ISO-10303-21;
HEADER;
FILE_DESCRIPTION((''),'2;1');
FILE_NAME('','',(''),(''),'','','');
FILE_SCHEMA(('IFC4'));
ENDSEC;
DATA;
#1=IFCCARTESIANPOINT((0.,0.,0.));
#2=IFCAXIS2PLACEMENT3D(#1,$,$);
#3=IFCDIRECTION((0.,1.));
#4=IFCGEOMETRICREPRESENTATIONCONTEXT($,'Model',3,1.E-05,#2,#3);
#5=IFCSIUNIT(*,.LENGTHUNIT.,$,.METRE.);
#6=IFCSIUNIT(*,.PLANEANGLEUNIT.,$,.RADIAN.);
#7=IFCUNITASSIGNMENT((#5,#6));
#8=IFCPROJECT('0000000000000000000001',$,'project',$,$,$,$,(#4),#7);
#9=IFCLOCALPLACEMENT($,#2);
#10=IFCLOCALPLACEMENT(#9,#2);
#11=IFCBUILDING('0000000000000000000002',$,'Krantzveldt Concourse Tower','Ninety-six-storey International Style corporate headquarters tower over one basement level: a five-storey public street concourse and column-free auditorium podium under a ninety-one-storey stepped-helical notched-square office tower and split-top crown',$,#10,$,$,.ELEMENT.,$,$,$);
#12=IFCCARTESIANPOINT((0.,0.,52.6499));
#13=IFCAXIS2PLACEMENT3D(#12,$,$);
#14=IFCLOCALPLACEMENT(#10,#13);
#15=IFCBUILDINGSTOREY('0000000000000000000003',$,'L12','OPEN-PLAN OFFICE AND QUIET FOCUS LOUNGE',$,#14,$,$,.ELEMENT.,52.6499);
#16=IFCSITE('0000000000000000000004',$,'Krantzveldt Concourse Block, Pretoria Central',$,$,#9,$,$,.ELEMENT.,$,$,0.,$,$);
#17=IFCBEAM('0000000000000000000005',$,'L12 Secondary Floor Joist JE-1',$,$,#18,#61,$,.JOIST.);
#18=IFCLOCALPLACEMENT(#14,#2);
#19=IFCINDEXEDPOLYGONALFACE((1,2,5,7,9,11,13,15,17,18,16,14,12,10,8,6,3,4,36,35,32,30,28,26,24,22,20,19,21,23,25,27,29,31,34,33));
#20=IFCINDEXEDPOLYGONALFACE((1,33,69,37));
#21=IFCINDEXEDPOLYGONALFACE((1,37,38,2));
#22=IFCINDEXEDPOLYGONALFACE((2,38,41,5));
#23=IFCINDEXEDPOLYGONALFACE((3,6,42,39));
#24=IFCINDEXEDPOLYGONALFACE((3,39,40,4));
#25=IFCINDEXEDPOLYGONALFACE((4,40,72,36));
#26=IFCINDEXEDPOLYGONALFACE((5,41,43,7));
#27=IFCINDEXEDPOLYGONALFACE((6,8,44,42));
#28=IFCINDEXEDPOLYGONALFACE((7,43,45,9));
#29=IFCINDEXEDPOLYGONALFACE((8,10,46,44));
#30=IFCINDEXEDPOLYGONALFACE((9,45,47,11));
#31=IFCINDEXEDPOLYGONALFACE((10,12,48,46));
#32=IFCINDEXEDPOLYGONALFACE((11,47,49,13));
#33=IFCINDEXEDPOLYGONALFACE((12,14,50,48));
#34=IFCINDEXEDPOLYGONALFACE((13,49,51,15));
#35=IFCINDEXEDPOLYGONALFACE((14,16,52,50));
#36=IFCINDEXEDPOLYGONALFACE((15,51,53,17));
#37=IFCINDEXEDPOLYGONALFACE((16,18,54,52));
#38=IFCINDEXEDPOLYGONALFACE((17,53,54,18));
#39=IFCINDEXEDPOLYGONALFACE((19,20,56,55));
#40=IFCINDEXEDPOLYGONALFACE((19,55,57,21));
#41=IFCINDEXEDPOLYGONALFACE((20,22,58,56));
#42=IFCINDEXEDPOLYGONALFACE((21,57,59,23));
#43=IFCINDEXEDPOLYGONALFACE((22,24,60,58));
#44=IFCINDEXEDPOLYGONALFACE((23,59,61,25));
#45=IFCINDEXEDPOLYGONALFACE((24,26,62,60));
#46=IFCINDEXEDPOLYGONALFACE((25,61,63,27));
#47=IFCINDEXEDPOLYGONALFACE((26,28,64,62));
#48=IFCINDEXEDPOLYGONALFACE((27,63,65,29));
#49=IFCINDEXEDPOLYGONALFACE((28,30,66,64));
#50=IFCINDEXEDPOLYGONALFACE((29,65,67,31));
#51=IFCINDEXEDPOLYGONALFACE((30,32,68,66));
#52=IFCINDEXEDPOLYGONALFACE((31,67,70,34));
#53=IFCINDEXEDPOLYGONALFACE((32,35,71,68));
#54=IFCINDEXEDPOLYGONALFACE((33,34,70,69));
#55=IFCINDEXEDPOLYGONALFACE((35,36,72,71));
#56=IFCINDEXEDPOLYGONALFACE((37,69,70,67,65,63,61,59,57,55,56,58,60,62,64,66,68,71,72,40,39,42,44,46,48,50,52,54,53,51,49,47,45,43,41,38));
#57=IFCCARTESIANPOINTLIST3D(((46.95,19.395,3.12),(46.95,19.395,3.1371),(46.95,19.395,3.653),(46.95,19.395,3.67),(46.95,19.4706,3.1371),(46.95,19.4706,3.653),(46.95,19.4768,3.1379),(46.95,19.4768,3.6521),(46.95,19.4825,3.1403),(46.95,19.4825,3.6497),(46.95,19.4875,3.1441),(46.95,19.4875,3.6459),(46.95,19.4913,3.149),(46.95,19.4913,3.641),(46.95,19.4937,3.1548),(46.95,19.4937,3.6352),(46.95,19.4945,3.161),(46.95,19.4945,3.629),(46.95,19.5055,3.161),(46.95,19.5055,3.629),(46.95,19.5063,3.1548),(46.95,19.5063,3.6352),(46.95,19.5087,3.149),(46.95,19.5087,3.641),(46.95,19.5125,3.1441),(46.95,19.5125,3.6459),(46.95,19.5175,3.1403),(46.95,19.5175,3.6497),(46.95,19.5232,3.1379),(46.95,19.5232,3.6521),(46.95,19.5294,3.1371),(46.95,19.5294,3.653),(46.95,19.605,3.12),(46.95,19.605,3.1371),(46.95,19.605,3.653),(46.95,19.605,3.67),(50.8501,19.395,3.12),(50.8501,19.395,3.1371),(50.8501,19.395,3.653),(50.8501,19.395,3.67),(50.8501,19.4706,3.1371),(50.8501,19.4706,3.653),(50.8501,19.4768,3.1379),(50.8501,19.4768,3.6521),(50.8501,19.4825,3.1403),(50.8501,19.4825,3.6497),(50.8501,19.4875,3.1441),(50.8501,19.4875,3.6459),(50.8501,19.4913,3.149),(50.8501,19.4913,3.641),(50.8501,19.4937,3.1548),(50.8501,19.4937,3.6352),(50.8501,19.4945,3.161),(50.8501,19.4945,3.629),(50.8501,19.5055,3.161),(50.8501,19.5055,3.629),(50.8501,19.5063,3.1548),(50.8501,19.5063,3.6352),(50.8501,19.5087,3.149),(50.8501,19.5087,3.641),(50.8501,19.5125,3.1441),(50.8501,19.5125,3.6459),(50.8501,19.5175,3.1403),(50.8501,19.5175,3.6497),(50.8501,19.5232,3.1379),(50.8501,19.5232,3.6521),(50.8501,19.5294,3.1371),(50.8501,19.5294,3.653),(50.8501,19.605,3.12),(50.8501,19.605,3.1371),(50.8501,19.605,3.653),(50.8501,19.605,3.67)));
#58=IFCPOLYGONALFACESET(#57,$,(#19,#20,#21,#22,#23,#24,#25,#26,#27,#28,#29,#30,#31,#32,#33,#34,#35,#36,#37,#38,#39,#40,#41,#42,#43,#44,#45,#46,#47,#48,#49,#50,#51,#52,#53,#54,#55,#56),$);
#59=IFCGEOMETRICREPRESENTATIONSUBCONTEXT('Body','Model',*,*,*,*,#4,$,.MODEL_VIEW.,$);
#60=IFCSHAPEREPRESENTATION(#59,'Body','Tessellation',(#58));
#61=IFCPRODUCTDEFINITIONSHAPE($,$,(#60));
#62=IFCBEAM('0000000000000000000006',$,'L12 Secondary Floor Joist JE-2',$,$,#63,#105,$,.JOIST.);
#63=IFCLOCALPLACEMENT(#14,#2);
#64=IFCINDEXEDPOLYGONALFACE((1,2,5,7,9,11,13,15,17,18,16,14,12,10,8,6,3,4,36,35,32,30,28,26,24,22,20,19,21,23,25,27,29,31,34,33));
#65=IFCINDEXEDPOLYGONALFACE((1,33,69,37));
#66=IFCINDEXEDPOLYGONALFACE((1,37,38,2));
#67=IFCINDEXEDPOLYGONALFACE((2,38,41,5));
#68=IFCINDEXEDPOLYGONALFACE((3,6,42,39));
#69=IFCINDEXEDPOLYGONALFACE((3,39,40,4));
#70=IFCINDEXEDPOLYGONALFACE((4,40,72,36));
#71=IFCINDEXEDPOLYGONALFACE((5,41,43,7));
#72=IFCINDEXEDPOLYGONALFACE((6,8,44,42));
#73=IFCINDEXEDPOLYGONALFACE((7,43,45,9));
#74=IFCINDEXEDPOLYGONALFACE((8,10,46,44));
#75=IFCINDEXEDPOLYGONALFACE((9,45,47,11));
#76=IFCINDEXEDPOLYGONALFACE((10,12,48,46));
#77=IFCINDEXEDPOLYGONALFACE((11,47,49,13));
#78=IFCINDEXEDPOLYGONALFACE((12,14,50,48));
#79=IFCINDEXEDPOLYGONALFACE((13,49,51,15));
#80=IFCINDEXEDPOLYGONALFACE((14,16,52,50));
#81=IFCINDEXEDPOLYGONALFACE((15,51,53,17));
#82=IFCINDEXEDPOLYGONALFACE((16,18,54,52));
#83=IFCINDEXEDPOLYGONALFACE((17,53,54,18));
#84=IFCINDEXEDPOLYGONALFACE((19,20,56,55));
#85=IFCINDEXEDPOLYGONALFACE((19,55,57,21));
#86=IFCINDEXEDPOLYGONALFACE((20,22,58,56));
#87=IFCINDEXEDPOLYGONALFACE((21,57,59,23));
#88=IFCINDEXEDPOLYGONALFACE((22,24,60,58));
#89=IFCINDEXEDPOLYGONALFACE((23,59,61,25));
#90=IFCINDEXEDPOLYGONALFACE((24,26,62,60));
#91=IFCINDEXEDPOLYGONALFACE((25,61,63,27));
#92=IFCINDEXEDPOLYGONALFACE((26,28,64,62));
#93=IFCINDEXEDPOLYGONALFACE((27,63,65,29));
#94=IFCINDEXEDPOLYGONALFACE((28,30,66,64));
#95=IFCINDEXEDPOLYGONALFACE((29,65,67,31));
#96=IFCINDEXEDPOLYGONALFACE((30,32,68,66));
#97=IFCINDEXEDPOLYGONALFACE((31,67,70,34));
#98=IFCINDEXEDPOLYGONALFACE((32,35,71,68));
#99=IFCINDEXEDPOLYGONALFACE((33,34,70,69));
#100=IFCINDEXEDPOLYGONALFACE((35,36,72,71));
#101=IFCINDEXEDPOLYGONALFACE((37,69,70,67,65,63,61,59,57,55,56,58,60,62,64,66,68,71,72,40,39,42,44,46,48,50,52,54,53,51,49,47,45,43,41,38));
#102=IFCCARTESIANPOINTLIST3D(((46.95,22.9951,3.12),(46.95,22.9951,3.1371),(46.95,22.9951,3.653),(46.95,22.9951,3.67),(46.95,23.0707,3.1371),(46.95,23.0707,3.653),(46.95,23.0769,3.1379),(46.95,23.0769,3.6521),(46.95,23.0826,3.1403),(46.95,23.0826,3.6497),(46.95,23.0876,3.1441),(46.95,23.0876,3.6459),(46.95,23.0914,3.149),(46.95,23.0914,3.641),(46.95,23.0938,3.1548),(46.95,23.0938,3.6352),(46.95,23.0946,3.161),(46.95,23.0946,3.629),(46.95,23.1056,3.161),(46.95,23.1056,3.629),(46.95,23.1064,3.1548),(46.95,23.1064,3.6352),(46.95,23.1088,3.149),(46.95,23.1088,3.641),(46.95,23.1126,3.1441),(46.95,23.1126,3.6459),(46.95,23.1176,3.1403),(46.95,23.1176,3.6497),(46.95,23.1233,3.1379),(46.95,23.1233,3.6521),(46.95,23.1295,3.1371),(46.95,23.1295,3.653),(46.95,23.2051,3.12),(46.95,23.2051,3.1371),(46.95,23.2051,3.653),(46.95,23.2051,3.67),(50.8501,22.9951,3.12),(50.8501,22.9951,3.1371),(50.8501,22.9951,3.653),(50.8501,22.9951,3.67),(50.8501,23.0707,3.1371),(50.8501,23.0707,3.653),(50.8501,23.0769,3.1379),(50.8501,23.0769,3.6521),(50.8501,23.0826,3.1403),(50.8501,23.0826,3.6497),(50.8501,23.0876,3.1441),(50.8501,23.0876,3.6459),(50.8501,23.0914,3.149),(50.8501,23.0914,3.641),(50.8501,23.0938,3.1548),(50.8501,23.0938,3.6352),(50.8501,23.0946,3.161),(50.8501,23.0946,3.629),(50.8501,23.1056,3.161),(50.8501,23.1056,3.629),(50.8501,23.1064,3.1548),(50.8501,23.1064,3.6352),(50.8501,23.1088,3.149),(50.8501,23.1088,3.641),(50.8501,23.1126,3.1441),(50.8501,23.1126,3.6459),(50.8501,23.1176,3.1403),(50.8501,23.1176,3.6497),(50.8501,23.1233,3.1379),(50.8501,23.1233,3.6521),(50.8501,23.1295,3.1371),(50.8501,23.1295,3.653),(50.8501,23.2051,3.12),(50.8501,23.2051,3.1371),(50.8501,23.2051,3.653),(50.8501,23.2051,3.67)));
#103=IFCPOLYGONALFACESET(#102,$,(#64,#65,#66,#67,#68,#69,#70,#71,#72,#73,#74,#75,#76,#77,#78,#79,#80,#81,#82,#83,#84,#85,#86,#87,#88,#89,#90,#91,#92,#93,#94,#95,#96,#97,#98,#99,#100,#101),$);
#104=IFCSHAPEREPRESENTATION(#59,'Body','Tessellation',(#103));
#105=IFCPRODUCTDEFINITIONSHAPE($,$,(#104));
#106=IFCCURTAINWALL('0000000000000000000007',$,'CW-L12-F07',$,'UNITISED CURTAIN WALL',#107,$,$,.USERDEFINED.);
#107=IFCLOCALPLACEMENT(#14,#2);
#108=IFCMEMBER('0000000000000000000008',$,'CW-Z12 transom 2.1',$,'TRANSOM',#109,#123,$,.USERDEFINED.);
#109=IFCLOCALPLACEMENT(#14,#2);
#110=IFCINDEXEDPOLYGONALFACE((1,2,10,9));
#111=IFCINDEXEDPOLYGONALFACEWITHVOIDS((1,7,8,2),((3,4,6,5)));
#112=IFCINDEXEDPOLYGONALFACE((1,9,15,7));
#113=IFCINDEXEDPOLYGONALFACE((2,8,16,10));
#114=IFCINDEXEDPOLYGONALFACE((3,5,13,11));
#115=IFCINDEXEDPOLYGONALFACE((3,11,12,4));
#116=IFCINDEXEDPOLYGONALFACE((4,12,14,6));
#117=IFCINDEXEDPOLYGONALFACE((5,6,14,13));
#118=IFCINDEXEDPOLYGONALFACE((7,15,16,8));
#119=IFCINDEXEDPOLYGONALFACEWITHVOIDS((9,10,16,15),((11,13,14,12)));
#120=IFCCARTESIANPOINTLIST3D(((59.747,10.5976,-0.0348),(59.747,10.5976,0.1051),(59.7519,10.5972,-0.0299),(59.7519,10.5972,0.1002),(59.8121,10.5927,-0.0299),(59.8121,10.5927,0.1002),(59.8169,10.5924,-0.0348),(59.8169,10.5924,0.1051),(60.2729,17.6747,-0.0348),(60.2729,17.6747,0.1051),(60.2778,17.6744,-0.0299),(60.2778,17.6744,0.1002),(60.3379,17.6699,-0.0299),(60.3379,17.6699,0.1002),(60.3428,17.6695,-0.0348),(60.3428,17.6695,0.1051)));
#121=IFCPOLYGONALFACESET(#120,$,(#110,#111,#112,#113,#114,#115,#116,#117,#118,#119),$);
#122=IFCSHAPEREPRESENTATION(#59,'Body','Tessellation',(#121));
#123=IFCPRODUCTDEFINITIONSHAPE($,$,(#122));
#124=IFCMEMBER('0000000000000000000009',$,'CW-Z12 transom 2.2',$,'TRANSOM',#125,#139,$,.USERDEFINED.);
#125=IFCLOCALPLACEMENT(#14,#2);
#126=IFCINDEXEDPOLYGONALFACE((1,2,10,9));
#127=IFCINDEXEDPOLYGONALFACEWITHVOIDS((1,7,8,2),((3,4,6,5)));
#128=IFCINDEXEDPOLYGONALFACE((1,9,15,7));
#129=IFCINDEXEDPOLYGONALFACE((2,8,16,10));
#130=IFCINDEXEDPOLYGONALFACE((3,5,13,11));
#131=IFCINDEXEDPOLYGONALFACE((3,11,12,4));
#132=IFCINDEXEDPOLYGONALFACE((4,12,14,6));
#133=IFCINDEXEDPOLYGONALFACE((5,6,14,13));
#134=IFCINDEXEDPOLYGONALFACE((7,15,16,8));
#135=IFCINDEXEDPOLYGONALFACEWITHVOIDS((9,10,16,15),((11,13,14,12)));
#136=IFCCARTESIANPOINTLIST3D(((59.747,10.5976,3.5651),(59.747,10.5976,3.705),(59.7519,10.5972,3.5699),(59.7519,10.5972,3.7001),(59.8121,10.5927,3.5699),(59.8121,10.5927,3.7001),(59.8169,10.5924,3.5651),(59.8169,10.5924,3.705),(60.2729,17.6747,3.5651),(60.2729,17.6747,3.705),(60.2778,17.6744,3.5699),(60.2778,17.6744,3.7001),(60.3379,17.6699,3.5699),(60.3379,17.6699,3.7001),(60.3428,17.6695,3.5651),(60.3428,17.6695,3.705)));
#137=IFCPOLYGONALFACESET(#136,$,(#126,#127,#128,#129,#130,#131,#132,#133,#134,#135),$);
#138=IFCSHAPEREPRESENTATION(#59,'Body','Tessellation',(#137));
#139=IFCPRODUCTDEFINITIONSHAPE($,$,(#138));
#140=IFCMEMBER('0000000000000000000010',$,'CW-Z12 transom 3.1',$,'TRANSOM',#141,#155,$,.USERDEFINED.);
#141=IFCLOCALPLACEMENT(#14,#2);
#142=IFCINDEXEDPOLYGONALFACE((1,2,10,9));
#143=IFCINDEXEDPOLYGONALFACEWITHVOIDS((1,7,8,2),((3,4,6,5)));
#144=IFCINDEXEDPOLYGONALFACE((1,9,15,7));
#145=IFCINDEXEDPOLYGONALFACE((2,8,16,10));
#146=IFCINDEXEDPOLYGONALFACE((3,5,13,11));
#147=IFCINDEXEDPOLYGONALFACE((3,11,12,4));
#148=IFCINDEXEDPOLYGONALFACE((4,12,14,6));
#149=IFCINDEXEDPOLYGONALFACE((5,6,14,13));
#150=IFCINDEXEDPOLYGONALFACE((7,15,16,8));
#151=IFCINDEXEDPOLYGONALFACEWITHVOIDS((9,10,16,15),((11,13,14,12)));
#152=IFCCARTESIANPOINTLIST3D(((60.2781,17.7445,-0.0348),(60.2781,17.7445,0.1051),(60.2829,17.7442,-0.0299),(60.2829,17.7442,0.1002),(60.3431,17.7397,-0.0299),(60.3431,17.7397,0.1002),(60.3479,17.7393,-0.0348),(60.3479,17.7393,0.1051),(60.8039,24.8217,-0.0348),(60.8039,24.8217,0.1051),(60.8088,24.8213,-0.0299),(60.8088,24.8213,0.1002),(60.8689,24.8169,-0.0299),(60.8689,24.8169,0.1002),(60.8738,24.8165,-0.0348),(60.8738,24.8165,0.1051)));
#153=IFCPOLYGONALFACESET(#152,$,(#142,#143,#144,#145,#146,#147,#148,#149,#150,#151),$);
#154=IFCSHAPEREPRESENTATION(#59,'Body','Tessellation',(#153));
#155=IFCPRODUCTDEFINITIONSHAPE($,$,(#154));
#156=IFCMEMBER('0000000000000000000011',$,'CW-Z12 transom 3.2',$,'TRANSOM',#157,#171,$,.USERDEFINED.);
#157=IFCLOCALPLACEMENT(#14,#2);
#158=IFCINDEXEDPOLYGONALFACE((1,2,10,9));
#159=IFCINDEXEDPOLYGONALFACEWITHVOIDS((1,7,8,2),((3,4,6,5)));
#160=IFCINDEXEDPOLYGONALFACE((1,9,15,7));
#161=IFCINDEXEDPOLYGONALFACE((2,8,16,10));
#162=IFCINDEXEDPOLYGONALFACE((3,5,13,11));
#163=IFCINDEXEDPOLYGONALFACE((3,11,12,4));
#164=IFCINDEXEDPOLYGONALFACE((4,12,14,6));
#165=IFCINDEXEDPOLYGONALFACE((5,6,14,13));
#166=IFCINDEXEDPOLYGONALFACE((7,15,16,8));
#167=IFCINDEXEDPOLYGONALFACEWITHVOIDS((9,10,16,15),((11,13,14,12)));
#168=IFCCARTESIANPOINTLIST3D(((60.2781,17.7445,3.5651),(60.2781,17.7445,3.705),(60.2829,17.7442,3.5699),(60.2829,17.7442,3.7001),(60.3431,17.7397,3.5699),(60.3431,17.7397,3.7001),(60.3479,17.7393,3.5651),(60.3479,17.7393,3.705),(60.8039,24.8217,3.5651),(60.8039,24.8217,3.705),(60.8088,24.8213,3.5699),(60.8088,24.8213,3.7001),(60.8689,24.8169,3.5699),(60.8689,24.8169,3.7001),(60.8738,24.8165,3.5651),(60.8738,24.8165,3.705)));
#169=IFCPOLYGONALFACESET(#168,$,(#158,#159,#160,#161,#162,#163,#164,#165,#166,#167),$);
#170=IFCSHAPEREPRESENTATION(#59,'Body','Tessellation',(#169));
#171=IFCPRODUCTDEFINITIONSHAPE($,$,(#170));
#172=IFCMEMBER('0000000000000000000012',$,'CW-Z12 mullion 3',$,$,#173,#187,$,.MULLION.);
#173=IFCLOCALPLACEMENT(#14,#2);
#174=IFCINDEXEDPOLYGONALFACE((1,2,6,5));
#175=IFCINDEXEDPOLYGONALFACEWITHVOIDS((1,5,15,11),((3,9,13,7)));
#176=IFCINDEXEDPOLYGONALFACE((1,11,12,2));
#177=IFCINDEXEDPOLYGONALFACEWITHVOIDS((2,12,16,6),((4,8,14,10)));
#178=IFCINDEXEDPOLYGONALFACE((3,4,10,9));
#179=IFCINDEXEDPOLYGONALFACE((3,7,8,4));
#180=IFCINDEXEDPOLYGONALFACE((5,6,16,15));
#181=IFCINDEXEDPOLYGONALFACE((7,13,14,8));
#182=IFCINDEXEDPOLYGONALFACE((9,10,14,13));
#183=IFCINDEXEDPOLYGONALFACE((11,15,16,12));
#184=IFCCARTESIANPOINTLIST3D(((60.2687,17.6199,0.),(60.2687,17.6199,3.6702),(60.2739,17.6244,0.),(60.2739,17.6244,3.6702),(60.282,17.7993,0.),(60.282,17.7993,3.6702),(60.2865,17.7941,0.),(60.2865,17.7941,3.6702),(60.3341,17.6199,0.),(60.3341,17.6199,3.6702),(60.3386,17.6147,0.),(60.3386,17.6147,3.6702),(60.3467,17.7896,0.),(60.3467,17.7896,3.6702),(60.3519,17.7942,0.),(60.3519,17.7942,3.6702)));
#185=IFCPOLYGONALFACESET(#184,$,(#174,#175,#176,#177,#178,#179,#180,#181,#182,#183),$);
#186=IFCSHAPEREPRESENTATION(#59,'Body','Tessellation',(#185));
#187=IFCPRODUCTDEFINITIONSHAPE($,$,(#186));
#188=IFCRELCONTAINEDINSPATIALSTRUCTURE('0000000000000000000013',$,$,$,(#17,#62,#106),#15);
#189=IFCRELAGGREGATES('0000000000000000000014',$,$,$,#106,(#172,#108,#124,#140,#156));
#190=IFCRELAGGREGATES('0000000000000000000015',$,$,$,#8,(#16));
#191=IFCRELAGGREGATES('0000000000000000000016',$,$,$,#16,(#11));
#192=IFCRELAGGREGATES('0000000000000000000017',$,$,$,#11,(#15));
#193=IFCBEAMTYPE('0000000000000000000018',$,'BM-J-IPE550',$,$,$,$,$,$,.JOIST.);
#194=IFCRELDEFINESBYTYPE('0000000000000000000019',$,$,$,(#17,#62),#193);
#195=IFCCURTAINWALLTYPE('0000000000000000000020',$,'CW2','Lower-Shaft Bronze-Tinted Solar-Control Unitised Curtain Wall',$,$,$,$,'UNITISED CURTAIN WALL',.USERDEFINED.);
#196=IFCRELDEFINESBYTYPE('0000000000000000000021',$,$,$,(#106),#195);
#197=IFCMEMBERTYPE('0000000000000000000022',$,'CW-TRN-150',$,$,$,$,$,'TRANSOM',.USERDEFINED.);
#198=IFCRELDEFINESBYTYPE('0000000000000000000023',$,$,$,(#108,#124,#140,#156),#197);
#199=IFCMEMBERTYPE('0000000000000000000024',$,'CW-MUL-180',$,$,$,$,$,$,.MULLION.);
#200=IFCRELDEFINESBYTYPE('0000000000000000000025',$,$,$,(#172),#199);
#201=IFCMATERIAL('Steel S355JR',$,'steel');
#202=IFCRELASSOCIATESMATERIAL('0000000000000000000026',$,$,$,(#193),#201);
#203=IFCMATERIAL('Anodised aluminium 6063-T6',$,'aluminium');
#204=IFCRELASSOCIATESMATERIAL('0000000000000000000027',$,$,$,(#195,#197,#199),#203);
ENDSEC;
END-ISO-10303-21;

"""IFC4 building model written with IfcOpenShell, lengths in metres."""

from ifc_helpers import new_model, si_unit, direction, frame, origin, origin_2d, place, context, subcontext, project, spatial, hollow_rectangle, i_section, extrude, source, transform, mapped, material, material_profile, profile_set, type_object, type_shapes, element, aggregate, save


model = new_model("IFC4")

# Units and contexts
model_context = context("Model", 3, precision=1e-05, world=origin(), true_north=direction((0.0, 1.0)))
body_context = subcontext(model_context, "Body", "Model", "MODEL_VIEW")
ifc_project = project(units=[si_unit("LENGTHUNIT", "METRE"), si_unit("PLANEANGLEUNIT", "RADIAN")], contexts=[model_context])

# Site, building, storey
site_placement = place(None, origin())
site = spatial("IfcSite", under=ifc_project, at=site_placement, Name="Krantzveldt Concourse Block, Pretoria Central", CompositionType="ELEMENT", RefElevation=0.0)
building_placement = place(site_placement, origin())
building = spatial("IfcBuilding", under=site, at=building_placement, Name="Krantzveldt Concourse Tower", Description="Ninety-six-storey International Style corporate headquarters tower over one basement level: a five-storey public street concourse and column-free auditorium podium under a ninety-one-storey stepped-helical notched-square office tower and split-top crown", CompositionType="ELEMENT")
storey_placement = place(building_placement, frame((0.0, 0.0, 52.6499)))
storey = spatial("IfcBuildingStorey", under=building, at=storey_placement, Name="L12", Description="OPEN-PLAN OFFICE AND QUIET FOCUS LOUNGE", CompositionType="ELEMENT", Elevation=52.6499)

# Beams
ifc_material_1 = material(Name="Steel S355JR", Category="steel")
ifc_material_profile_1 = material_profile(ifc_material_1, i_section(OverallWidth=0.21, OverallDepth=0.55, WebThickness=0.011, FlangeThickness=0.0171, FilletRadius=0.0239, at=origin_2d()), Name="Steel S355JR", Category="steel")
ifc_profile_set_1 = profile_set([ifc_material_profile_1], Name="Steel S355JR - IPE 550")
beam_type_1 = type_object("IfcBeamType", Name="BM-J-IPE550", PredefinedType="JOIST", material=ifc_profile_set_1)
shared_shape_1 = source(origin(), body_context, "Body", "SweptSolid", [
    extrude(i_section(OverallWidth=0.21, OverallDepth=0.55, WebThickness=0.011, FlangeThickness=0.0171, FilletRadius=0.0239, at=origin_2d()), origin(), (0.0, 0.0, 1.0), 3.9001),
])
type_shapes(beam_type_1, [shared_shape_1])
for number, where, z_axis, x_axis, name in (
    (1, (46.95, 19.5, 3.395), (1.0, 0.0, 0.0), (0.0, 1.0, 0.0), "L12 Secondary Floor Joist JE-1"),
    (2, (46.95, 23.1001, 3.395), (1.0, 0.0, 0.0), (0.0, 1.0, 0.0), "L12 Secondary Floor Joist JE-2"),
):
    element("IfcBeam", number, at=place(storey_placement, frame(where, z_axis=z_axis, x_axis=x_axis)), inside=storey, type_object=beam_type_1, Name=name, PredefinedType="JOIST", context=body_context, shape_type="MappedRepresentation", body=[
        mapped(shared_shape_1, transform((0.0, 0.0, 0.0), x_axis=(1.0, 0.0, 0.0), y_axis=(0.0, 1.0, 0.0), z_axis=(0.0, 0.0, 1.0), scale=1.0)),
    ])

# Curtain wall, members
ifc_material_2 = material(Name="Anodised aluminium 6063-T6", Category="aluminium")
curtain_wall_type = type_object("IfcCurtainWallType", Name="CW2", Description="Lower-Shaft Bronze-Tinted Solar-Control Unitised Curtain Wall", ElementType="UNITISED CURTAIN WALL", PredefinedType="USERDEFINED", material=ifc_material_2)
curtain_wall_placement = place(storey_placement, origin())
curtain_wall = element("IfcCurtainWall", 3, at=curtain_wall_placement, inside=storey, type_object=curtain_wall_type, Name="CW-L12-F07", ObjectType="UNITISED CURTAIN WALL", PredefinedType="USERDEFINED")
ifc_material_profile_2 = material_profile(ifc_material_2, hollow_rectangle(XDim=0.0701, YDim=0.1399, WallThickness=0.0049, at=origin_2d()), Name="Anodised aluminium 6063-T6", Category="aluminium")
ifc_profile_set_2 = profile_set([ifc_material_profile_2], Name="Anodised aluminium 6063-T6 - ALU-TRAN 140x70x5")
member_type_1 = type_object("IfcMemberType", Name="CW-TRN-150", ElementType="TRANSOM", PredefinedType="USERDEFINED", material=ifc_profile_set_2)
shared_shape_2 = source(origin(), body_context, "Body", "SweptSolid", [
    extrude(hollow_rectangle(XDim=0.0701, YDim=0.1399, WallThickness=0.0049, at=origin_2d()), origin(), (0.0, 0.0, 1.0), 7.0967),
])
type_shapes(member_type_1, [shared_shape_2])
member_1_placement = place(storey_placement, frame((59.782, 10.595, 0.0352), z_axis=(0.074102, 0.997251, 0.0), x_axis=(-0.997251, 0.074102, 0.0)))
member_1 = element("IfcMember", 4, at=member_1_placement, type_object=member_type_1, Name="CW-Z12 transom 2.1", ObjectType="TRANSOM", PredefinedType="USERDEFINED", context=body_context, shape_type="MappedRepresentation", body=[
    mapped(shared_shape_2, transform((0.0, 0.0, 0.0), x_axis=(1.0, 0.0, 0.0), y_axis=(0.0, 1.0, 0.0), z_axis=(0.0, 0.0, 1.0), scale=1.0)),
])
member_2_placement = place(storey_placement, frame((59.782, 10.595, 3.635), z_axis=(0.074102, 0.997251, 0.0), x_axis=(-0.997251, 0.074102, 0.0)))
member_2 = element("IfcMember", 5, at=member_2_placement, type_object=member_type_1, Name="CW-Z12 transom 2.2", ObjectType="TRANSOM", PredefinedType="USERDEFINED", context=body_context, shape_type="MappedRepresentation", body=[
    mapped(shared_shape_2, transform((0.0, 0.0, 0.0), x_axis=(1.0, 0.0, 0.0), y_axis=(0.0, 1.0, 0.0), z_axis=(0.0, 0.0, 1.0), scale=1.0)),
])
member_3_placement = place(storey_placement, frame((60.313, 17.7419, 0.0352), z_axis=(0.074102, 0.997251, 0.0), x_axis=(-0.997251, 0.074102, 0.0)))
member_3 = element("IfcMember", 6, at=member_3_placement, type_object=member_type_1, Name="CW-Z12 transom 3.1", ObjectType="TRANSOM", PredefinedType="USERDEFINED", context=body_context, shape_type="MappedRepresentation", body=[
    mapped(shared_shape_2, transform((0.0, 0.0, 0.0), x_axis=(1.0, 0.0, 0.0), y_axis=(0.0, 1.0, 0.0), z_axis=(0.0, 0.0, 1.0), scale=1.0)),
])
member_4_placement = place(storey_placement, frame((60.313, 17.7419, 3.635), z_axis=(0.074102, 0.997251, 0.0), x_axis=(-0.997251, 0.074102, 0.0)))
member_4 = element("IfcMember", 7, at=member_4_placement, type_object=member_type_1, Name="CW-Z12 transom 3.2", ObjectType="TRANSOM", PredefinedType="USERDEFINED", context=body_context, shape_type="MappedRepresentation", body=[
    mapped(shared_shape_2, transform((0.0, 0.0, 0.0), x_axis=(1.0, 0.0, 0.0), y_axis=(0.0, 1.0, 0.0), z_axis=(0.0, 0.0, 1.0), scale=1.0)),
])
ifc_material_profile_3 = material_profile(ifc_material_2, hollow_rectangle(XDim=0.0701, YDim=0.1799, WallThickness=0.0049, at=origin_2d()), Name="Anodised aluminium 6063-T6", Category="aluminium")
ifc_profile_set_3 = profile_set([ifc_material_profile_3], Name="Anodised aluminium 6063-T6 - ALU-MULL 180x70x5")
member_type_2 = type_object("IfcMemberType", Name="CW-MUL-180", PredefinedType="MULLION", material=ifc_profile_set_3)
shared_shape_3 = source(origin(), body_context, "Body", "SweptSolid", [
    extrude(hollow_rectangle(XDim=0.0701, YDim=0.1799, WallThickness=0.0049, at=origin_2d()), origin(), (0.0, 0.0, 1.0), 3.6702),
])
type_shapes(member_type_2, [shared_shape_3])
member_5_placement = place(storey_placement, frame((60.3103, 17.707, 0.0), z_axis=(0.0, 0.0, 1.0), x_axis=(-0.99725, 0.074109, 0.0)))
member_5 = element("IfcMember", 8, at=member_5_placement, type_object=member_type_2, Name="CW-Z12 mullion 3", PredefinedType="MULLION", context=body_context, shape_type="MappedRepresentation", body=[
    mapped(shared_shape_3, transform((0.0, 0.0, 0.0), x_axis=(1.0, 0.0, 0.0), y_axis=(0.0, 1.0, 0.0), z_axis=(0.0, 0.0, 1.0), scale=1.0)),
])
aggregate(curtain_wall, [member_5, member_1, member_2, member_3, member_4])

save(model, "model.ifc")
